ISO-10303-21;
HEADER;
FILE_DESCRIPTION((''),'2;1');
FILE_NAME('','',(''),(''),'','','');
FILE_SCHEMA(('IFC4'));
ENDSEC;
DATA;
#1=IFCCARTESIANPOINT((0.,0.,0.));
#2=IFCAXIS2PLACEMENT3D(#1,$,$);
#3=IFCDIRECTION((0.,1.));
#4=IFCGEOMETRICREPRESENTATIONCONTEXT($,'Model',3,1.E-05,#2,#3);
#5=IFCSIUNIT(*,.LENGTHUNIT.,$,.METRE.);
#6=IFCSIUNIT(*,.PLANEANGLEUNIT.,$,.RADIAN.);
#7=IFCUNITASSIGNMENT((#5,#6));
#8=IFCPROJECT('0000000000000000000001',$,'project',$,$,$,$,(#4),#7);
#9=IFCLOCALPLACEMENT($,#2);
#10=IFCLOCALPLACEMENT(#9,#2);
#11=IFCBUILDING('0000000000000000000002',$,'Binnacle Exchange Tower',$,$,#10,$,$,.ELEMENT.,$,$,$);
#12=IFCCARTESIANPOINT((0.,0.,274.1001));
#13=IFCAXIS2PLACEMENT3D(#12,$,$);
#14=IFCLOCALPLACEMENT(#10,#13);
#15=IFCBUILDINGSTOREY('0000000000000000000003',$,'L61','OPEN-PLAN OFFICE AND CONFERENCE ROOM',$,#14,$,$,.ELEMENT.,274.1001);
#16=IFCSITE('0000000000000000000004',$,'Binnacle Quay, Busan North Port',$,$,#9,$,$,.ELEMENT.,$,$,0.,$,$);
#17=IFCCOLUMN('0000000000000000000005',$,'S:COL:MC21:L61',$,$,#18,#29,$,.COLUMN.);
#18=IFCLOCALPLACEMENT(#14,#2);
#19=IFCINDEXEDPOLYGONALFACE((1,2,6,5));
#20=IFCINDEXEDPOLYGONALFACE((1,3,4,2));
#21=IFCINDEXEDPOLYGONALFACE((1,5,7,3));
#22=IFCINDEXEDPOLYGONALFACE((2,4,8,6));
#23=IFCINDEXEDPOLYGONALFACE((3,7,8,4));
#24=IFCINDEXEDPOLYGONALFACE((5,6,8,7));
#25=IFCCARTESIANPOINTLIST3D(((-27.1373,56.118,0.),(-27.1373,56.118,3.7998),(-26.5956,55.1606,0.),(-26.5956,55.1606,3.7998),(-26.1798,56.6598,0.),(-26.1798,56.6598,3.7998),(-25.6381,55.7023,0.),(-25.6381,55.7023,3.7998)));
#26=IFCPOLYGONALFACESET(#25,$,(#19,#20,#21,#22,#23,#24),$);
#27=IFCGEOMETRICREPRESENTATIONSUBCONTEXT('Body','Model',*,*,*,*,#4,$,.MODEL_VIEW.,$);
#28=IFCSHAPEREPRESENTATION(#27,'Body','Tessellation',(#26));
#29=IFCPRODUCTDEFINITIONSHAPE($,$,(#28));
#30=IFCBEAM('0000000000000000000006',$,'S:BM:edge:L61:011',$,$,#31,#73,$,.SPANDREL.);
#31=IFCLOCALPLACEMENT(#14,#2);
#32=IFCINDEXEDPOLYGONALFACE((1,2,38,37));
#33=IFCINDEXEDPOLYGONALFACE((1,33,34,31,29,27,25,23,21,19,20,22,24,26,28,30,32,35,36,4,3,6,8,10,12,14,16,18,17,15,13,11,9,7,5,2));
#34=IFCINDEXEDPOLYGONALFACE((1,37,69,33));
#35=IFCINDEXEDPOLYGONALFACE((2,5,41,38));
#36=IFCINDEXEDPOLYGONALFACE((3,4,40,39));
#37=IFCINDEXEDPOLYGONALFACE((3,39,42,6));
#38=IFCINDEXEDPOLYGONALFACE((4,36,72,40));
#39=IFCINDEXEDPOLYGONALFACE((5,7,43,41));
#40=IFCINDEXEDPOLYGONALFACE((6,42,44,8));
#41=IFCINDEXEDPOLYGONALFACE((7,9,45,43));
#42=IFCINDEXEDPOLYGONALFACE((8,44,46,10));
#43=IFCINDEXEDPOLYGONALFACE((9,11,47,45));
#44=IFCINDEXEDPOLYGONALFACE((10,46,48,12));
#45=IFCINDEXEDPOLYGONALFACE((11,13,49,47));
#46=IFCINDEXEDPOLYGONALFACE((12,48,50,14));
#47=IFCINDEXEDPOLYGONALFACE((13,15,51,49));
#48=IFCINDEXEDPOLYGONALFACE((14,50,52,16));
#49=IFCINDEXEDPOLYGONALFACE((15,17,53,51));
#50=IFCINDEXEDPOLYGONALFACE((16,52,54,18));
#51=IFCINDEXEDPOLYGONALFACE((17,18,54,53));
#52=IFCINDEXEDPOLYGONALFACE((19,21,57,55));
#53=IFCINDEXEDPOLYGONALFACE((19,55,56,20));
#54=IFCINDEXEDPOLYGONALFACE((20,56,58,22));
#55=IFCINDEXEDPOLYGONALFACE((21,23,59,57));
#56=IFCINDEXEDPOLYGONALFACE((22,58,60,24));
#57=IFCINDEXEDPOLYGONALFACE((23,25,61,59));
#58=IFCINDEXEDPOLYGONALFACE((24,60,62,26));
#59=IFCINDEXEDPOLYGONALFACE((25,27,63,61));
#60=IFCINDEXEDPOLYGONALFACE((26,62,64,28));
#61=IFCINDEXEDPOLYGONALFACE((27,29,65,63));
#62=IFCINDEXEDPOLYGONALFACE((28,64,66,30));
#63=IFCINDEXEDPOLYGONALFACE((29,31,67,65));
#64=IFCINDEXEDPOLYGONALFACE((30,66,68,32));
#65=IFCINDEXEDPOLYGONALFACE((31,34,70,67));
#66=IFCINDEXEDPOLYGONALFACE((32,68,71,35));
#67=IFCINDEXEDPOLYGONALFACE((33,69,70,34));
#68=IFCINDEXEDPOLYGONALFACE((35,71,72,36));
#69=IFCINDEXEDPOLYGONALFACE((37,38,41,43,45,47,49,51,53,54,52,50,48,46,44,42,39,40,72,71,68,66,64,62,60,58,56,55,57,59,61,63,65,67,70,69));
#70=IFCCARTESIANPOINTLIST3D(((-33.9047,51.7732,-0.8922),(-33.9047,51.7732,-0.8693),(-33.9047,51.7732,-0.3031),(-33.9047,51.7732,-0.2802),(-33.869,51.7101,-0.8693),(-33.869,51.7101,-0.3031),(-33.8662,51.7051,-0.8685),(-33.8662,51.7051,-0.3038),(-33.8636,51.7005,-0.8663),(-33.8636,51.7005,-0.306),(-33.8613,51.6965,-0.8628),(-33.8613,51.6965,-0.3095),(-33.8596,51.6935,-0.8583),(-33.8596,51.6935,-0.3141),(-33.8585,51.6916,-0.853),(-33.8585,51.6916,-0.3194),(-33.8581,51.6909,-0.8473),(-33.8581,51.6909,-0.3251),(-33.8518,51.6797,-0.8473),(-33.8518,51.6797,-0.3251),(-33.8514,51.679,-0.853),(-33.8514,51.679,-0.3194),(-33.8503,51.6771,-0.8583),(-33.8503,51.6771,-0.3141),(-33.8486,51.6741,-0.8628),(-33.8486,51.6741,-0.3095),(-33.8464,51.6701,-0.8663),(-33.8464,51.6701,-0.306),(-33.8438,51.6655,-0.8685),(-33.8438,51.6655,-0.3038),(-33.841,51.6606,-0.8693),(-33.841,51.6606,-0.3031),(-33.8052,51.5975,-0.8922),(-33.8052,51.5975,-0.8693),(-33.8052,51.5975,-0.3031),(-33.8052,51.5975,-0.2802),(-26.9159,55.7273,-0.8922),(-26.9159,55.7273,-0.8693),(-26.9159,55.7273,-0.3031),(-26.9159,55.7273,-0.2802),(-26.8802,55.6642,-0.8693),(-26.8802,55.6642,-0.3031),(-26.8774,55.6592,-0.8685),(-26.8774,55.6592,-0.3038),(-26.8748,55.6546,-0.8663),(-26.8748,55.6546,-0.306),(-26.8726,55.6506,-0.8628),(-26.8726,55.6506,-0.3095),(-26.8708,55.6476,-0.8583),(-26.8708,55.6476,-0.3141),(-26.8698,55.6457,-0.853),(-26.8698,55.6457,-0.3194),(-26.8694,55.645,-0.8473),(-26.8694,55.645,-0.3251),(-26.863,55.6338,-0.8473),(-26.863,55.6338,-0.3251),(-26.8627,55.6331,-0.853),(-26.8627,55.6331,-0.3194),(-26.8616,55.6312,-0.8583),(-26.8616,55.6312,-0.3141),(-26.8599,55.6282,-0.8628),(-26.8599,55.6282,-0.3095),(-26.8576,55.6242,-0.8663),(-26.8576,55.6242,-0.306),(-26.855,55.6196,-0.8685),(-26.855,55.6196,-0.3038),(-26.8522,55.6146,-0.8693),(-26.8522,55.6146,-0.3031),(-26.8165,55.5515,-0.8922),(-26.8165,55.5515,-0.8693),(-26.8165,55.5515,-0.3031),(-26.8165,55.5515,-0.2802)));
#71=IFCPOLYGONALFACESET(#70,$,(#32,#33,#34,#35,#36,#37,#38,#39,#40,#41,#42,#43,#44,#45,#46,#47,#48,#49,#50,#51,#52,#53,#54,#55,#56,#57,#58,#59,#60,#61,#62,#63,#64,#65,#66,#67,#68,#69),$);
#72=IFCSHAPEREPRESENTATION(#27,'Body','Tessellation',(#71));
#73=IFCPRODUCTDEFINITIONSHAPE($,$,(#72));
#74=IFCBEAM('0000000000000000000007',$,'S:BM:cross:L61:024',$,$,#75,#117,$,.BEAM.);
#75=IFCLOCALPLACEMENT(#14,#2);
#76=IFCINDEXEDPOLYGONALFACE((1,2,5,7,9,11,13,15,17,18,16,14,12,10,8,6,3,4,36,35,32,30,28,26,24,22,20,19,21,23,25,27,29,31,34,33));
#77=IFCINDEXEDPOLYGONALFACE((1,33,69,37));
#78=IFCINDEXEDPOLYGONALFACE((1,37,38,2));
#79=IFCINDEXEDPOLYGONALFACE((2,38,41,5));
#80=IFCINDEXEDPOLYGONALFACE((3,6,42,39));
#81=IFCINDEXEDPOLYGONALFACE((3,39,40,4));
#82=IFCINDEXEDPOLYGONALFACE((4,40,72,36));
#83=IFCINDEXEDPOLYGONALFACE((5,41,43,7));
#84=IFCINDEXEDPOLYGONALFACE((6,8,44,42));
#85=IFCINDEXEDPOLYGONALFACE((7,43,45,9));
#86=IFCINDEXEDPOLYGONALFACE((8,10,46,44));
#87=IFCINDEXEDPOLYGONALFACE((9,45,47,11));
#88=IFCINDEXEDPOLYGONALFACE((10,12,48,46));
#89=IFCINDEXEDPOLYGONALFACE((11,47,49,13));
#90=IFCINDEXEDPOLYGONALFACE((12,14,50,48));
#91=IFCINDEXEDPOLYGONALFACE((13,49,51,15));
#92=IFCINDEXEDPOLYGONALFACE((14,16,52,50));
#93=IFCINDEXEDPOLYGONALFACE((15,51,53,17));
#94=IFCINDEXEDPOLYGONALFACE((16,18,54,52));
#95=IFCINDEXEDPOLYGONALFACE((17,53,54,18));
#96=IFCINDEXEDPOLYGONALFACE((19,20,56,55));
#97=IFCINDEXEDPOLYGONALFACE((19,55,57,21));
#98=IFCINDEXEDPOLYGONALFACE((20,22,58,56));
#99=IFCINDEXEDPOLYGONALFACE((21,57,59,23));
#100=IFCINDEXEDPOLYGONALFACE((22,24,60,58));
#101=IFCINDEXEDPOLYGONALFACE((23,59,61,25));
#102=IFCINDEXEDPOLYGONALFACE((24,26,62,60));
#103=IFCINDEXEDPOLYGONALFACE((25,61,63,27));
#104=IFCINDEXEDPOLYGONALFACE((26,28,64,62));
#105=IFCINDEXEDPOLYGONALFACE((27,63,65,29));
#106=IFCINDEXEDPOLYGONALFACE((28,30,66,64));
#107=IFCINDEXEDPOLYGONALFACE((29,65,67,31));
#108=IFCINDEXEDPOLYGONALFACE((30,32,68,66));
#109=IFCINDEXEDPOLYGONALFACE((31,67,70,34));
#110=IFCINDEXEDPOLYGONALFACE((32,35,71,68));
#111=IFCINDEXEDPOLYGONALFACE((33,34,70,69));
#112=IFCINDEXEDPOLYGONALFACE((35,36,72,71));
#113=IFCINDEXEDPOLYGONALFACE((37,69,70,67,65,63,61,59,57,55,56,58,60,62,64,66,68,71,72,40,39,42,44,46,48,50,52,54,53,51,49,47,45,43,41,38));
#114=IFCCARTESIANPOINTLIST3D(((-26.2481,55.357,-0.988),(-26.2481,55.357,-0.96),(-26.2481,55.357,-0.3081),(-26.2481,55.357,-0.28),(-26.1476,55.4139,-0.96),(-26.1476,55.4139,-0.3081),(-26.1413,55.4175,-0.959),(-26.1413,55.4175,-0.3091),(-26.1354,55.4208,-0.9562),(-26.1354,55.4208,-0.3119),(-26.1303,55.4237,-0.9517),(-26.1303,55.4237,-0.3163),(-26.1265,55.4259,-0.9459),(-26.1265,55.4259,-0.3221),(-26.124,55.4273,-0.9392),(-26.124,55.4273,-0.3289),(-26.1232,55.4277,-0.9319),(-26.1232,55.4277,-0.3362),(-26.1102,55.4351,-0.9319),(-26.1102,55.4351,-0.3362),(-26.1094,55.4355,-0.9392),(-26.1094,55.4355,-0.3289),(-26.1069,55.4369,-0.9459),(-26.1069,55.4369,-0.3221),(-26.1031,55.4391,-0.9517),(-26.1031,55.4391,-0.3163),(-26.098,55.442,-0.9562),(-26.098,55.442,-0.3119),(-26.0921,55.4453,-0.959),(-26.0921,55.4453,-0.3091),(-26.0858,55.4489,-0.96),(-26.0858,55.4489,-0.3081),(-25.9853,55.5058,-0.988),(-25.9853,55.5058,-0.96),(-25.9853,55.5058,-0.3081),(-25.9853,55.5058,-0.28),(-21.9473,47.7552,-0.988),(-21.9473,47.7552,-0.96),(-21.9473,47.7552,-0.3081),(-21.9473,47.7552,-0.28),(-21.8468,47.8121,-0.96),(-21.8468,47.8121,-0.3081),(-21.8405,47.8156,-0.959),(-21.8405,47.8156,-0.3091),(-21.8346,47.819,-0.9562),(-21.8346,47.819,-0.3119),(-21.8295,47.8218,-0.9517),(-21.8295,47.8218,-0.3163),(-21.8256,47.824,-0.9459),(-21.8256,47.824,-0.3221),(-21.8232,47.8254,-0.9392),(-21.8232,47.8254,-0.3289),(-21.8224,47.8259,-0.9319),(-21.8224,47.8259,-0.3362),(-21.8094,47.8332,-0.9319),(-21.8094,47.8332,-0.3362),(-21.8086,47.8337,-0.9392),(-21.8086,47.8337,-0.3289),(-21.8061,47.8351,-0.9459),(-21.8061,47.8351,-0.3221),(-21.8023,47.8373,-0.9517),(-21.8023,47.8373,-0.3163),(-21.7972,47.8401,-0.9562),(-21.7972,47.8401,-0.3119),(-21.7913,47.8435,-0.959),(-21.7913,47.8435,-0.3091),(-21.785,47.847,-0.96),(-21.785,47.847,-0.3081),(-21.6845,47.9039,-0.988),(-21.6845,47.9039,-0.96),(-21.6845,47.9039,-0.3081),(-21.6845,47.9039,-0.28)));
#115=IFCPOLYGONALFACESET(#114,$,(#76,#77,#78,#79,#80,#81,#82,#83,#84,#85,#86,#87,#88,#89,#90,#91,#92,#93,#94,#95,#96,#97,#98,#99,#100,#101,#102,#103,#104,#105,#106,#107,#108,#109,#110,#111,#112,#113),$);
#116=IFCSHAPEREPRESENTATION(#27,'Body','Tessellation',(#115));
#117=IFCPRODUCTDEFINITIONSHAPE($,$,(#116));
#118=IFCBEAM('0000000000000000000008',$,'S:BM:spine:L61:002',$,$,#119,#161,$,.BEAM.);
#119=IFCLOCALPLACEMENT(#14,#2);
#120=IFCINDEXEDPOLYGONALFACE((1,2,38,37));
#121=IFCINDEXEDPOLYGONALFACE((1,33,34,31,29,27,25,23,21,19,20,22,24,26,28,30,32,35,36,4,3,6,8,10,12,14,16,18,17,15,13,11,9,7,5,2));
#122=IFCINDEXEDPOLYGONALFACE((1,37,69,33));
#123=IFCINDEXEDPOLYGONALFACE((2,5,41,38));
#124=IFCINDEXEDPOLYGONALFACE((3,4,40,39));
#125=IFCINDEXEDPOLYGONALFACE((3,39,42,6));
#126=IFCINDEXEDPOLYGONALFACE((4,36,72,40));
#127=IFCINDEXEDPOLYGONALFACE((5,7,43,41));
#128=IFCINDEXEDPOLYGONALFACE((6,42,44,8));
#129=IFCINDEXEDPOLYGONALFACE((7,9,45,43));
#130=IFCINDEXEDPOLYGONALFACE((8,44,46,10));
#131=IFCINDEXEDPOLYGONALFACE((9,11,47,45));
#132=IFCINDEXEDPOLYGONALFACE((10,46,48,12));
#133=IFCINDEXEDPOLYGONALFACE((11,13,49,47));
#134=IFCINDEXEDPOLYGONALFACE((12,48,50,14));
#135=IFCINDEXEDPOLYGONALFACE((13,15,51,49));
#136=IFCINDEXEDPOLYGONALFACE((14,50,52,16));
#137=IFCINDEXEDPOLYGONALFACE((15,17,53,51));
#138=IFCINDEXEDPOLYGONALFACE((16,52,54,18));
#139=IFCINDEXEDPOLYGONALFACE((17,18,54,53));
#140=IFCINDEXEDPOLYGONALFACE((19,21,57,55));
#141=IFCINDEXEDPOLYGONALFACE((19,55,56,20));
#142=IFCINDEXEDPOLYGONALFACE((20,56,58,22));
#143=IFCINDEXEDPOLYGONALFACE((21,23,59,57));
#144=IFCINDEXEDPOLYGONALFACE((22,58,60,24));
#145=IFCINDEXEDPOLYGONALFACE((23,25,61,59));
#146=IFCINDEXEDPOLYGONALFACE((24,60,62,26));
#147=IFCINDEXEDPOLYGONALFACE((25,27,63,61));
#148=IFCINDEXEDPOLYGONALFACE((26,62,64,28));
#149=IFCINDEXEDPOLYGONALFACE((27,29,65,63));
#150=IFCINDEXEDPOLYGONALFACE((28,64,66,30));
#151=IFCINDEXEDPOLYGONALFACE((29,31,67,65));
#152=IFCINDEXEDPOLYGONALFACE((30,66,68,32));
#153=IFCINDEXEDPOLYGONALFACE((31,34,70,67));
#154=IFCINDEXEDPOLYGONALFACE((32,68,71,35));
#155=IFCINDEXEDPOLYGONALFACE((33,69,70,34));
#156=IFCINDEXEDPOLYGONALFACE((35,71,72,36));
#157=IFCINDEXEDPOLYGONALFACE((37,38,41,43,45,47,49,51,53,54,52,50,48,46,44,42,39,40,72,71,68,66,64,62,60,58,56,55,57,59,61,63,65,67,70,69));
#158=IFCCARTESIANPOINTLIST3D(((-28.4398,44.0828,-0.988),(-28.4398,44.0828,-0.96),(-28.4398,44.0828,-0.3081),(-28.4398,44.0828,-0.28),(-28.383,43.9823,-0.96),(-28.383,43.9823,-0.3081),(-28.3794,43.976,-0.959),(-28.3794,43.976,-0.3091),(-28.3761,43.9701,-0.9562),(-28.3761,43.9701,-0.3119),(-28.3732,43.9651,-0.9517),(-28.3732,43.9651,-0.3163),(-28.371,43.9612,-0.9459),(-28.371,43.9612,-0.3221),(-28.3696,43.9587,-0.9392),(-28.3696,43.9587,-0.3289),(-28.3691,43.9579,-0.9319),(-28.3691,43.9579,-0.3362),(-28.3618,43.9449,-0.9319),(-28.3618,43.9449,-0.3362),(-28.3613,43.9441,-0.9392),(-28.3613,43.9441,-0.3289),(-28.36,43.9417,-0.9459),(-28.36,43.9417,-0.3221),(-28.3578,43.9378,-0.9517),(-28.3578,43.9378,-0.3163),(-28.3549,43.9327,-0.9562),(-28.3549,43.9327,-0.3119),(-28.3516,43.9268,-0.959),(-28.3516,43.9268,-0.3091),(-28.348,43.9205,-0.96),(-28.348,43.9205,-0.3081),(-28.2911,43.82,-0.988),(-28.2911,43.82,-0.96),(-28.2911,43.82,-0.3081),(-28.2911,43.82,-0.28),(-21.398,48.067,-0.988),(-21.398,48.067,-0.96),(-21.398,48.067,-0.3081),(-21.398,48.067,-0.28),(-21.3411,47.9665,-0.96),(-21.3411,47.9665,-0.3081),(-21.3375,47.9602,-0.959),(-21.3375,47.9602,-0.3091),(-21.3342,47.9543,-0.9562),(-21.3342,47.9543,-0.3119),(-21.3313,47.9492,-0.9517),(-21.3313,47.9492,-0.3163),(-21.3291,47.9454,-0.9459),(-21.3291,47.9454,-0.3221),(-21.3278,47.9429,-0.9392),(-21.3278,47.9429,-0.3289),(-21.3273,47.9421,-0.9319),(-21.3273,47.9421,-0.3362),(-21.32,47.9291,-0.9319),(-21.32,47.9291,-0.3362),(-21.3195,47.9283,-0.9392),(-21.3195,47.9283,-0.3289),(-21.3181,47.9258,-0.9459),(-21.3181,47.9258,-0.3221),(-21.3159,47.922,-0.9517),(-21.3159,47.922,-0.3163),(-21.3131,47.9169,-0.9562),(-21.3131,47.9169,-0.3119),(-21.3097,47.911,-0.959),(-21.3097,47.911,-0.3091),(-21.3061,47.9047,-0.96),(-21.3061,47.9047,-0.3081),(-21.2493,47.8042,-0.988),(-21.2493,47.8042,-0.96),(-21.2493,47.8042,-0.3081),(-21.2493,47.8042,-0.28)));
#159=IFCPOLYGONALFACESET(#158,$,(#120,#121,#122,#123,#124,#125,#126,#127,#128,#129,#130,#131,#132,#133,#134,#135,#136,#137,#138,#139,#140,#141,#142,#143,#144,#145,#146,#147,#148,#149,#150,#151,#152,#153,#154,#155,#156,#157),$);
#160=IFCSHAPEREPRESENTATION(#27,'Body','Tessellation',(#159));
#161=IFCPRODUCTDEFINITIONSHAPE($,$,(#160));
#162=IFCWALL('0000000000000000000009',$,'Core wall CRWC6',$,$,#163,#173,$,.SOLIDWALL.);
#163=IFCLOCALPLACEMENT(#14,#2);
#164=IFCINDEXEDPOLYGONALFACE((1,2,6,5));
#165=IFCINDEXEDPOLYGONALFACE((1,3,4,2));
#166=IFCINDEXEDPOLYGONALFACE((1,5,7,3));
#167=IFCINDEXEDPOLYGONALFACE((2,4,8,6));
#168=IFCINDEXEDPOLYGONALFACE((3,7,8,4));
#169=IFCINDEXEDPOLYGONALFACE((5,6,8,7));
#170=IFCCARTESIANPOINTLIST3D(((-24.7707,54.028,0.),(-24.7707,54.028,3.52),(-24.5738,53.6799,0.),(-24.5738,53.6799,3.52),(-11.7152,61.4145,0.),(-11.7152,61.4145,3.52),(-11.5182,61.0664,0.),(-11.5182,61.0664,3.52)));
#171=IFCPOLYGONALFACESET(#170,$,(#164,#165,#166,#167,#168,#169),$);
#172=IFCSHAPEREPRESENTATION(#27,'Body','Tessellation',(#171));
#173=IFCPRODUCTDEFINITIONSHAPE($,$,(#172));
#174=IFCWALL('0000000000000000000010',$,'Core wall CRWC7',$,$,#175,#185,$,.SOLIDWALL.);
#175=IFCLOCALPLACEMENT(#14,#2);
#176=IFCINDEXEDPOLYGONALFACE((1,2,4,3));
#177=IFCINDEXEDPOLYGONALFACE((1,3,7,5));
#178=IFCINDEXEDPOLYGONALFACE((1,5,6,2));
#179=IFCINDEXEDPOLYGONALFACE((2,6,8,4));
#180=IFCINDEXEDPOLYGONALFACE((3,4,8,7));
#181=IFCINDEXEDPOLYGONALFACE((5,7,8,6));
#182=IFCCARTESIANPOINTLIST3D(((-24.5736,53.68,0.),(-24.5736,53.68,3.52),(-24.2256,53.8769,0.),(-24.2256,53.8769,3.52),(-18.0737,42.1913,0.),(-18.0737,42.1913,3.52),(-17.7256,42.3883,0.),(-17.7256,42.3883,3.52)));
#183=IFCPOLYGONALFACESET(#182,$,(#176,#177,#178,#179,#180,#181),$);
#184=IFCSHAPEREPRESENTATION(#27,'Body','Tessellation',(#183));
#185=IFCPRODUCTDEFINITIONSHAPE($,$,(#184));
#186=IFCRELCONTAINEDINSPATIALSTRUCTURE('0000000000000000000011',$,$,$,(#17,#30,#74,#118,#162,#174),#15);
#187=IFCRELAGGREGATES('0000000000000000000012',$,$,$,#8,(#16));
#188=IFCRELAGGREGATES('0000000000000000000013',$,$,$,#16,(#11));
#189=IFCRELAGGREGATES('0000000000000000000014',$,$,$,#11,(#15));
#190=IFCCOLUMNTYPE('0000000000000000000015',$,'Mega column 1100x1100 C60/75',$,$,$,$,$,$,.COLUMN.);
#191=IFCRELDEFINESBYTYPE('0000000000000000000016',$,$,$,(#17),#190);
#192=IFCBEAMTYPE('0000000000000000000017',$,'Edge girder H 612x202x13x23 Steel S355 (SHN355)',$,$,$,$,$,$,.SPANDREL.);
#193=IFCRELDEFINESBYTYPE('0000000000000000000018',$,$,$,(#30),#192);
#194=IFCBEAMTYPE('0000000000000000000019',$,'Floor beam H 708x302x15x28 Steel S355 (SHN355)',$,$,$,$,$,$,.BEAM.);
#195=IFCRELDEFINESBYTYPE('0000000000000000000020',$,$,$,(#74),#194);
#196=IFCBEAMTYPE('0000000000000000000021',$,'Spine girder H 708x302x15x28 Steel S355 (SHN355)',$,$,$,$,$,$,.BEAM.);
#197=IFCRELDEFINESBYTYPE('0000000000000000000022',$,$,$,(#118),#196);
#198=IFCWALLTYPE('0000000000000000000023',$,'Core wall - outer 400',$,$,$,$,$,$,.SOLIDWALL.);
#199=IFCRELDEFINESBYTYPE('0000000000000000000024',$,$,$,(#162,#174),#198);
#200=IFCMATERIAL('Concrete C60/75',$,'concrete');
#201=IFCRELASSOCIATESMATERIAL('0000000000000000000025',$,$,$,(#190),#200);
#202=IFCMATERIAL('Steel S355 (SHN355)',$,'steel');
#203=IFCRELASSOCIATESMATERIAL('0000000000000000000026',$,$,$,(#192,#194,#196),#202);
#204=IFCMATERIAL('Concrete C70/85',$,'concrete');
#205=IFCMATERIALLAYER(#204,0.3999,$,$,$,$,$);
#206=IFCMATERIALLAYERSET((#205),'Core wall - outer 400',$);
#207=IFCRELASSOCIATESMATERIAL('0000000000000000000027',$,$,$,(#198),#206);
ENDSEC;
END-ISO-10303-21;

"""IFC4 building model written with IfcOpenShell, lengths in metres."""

from ifc_helpers import new_model, si_unit, direction, frame, frame_2d, origin, origin_2d, place, context, subcontext, project, spatial, rectangle, i_section, extrude, material, layer, layer_set, material_profile, profile_set, type_object, element, save


model = new_model("IFC4")

# Units and contexts
model_context = context("Model", 3, precision=1e-05, world=origin(), true_north=direction((0.0, 1.0)))
body_context = subcontext(model_context, "Body", "Model", "MODEL_VIEW")
ifc_project = project(units=[si_unit("LENGTHUNIT", "METRE"), si_unit("PLANEANGLEUNIT", "RADIAN")], contexts=[model_context])

# Site, building, storey
site_placement = place(None, origin())
site = spatial("IfcSite", under=ifc_project, at=site_placement, Name="Binnacle Quay, Busan North Port", CompositionType="ELEMENT", RefElevation=0.0)
building_placement = place(site_placement, origin())
building = spatial("IfcBuilding", under=site, at=building_placement, Name="Binnacle Exchange Tower", CompositionType="ELEMENT")
storey_placement = place(building_placement, frame((0.0, 0.0, 274.1001)))
storey = spatial("IfcBuildingStorey", under=building, at=storey_placement, Name="L61", Description="OPEN-PLAN OFFICE AND CONFERENCE ROOM", CompositionType="ELEMENT", Elevation=274.1001)

# Column
ifc_material_1 = material(Name="Concrete C60/75", Category="concrete")
ifc_material_profile_1 = material_profile(ifc_material_1, rectangle(XDim=1.1001, YDim=1.1001, at=origin_2d()), Name="Mega column 1100x1100 C60/75")
ifc_profile_set_1 = profile_set([ifc_material_profile_1], Name="Concrete C60/75")
column_type = type_object("IfcColumnType", Name="Mega column 1100x1100 C60/75", PredefinedType="COLUMN", material=ifc_profile_set_1)
column_placement = place(storey_placement, frame((-26.3877, 55.9102, 0.0), z_axis=(0.0, 0.0, 1.0), x_axis=(-0.870356, -0.492424, 0.0)))
element("IfcColumn", 1, at=column_placement, inside=storey, type_object=column_type, Name="S:COL:MC21:L61", PredefinedType="COLUMN", context=body_context, shape_type="SweptSolid", body=[
    extrude(rectangle(XDim=1.1001, YDim=1.1001, at=origin_2d()), origin(), (0.0, 0.0, 1.0), 3.7998),
])

# Beams
ifc_material_2 = material(Name="Steel S355 (SHN355)", Category="steel")
ifc_material_profile_2 = material_profile(ifc_material_2, i_section(OverallWidth=0.2019, OverallDepth=0.6121, WebThickness=0.0129, FlangeThickness=0.0229, FilletRadius=0.022, at=origin_2d()), Name="H 612x202x13x23")
ifc_profile_set_2 = profile_set([ifc_material_profile_2], Name="Steel S355 (SHN355)")
beam_type_1 = type_object("IfcBeamType", Name="Edge girder H 612x202x13x23 Steel S355 (SHN355)", PredefinedType="SPANDREL", material=ifc_profile_set_2)
beam_1_placement = place(storey_placement, frame((-26.8662, 55.6394, -0.5862), z_axis=(-0.870353, -0.492428, 0.0), x_axis=(0.492428, -0.870353, 0.0)))
element("IfcBeam", 2, at=beam_1_placement, inside=storey, type_object=beam_type_1, Name="S:BM:edge:L61:011", PredefinedType="SPANDREL", context=body_context, shape_type="SweptSolid", body=[
    extrude(i_section(OverallWidth=0.2019, OverallDepth=0.6121, WebThickness=0.0129, FlangeThickness=0.0229, FilletRadius=0.022, at=origin_2d()), origin(), (0.0, 0.0, 1.0), 8.0298),
])
ifc_material_profile_3 = material_profile(ifc_material_2, i_section(OverallWidth=0.302, OverallDepth=0.708, WebThickness=0.0149, FlangeThickness=0.0281, FilletRadius=0.0281, at=origin_2d()), Name="H 708x302x15x28")
ifc_profile_set_3 = profile_set([ifc_material_profile_3], Name="Steel S355 (SHN355)")
beam_type_2 = type_object("IfcBeamType", Name="Floor beam H 708x302x15x28 Steel S355 (SHN355)", PredefinedType="BEAM", material=ifc_profile_set_3)
beam_2_placement = place(storey_placement, frame((-26.1167, 55.4314, -0.634), z_axis=(0.492414, -0.870361, 0.0), x_axis=(0.870361, 0.492414, 0.0)))
element("IfcBeam", 3, at=beam_2_placement, inside=storey, type_object=beam_type_2, Name="S:BM:cross:L61:024", PredefinedType="BEAM", context=body_context, shape_type="SweptSolid", body=[
    extrude(i_section(OverallWidth=0.302, OverallDepth=0.708, WebThickness=0.0149, FlangeThickness=0.0281, FilletRadius=0.0281, at=origin_2d()), origin(), (0.0, 0.0, 1.0), 8.7341),
])
ifc_material_profile_4 = material_profile(ifc_material_2, i_section(OverallWidth=0.302, OverallDepth=0.708, WebThickness=0.0149, FlangeThickness=0.0281, FilletRadius=0.0281, at=origin_2d()), Name="H 708x302x15x28")
ifc_profile_set_4 = profile_set([ifc_material_profile_4], Name="Steel S355 (SHN355)")
beam_type_3 = type_object("IfcBeamType", Name="Spine girder H 708x302x15x28 Steel S355 (SHN355)", PredefinedType="BEAM", material=ifc_profile_set_4)
beam_3_placement = place(storey_placement, frame((-28.3655, 43.9514, -0.634), z_axis=(0.87035, 0.492433, 0.0), x_axis=(-0.492433, 0.87035, 0.0)))
element("IfcBeam", 4, at=beam_3_placement, inside=storey, type_object=beam_type_3, Name="S:BM:spine:L61:002", PredefinedType="BEAM", context=body_context, shape_type="SweptSolid", body=[
    extrude(i_section(OverallWidth=0.302, OverallDepth=0.708, WebThickness=0.0149, FlangeThickness=0.0281, FilletRadius=0.0281, at=origin_2d()), origin(), (0.0, 0.0, 1.0), 8.0908),
])

# Walls
ifc_material_3 = material(Name="Concrete C70/85", Category="concrete")
ifc_layer_1 = layer(ifc_material_3, 0.3999)
ifc_layer_set_1 = layer_set([ifc_layer_1], Name="Core wall - outer 400")
wall_type_1 = type_object("IfcWallType", Name="Core wall - outer 400", PredefinedType="SOLIDWALL", material=ifc_layer_set_1)
wall_1_placement = place(storey_placement, frame((-24.6721, 53.854, 0.0), z_axis=(0.0, 0.0, 1.0), x_axis=(0.870354, 0.492427, 0.0)))
element("IfcWall", 5, at=wall_1_placement, inside=storey, type_object=wall_type_1, Name="Core wall CRWC6", PredefinedType="SOLIDWALL", context=body_context, shape_type="SweptSolid", body=[
    extrude(rectangle(XDim=15.0002, YDim=0.3999, at=frame_2d((7.5, 0.0))), origin(), (0.0, 0.0, 1.0), 3.52),
])
wall_2_placement = place(storey_placement, frame((-24.3997, 53.7786, 0.0), z_axis=(0.0, 0.0, 1.0), x_axis=(0.492422, -0.870357, 0.0)))
element("IfcWall", 6, at=wall_2_placement, inside=storey, type_object=wall_type_1, Name="Core wall CRWC7", PredefinedType="SOLIDWALL", context=body_context, shape_type="SweptSolid", body=[
    extrude(rectangle(XDim=13.2, YDim=0.3999, at=frame_2d((6.6001, 0.0))), origin(), (0.0, 0.0, 1.0), 3.52),
])

save(model, "model.ifc")
